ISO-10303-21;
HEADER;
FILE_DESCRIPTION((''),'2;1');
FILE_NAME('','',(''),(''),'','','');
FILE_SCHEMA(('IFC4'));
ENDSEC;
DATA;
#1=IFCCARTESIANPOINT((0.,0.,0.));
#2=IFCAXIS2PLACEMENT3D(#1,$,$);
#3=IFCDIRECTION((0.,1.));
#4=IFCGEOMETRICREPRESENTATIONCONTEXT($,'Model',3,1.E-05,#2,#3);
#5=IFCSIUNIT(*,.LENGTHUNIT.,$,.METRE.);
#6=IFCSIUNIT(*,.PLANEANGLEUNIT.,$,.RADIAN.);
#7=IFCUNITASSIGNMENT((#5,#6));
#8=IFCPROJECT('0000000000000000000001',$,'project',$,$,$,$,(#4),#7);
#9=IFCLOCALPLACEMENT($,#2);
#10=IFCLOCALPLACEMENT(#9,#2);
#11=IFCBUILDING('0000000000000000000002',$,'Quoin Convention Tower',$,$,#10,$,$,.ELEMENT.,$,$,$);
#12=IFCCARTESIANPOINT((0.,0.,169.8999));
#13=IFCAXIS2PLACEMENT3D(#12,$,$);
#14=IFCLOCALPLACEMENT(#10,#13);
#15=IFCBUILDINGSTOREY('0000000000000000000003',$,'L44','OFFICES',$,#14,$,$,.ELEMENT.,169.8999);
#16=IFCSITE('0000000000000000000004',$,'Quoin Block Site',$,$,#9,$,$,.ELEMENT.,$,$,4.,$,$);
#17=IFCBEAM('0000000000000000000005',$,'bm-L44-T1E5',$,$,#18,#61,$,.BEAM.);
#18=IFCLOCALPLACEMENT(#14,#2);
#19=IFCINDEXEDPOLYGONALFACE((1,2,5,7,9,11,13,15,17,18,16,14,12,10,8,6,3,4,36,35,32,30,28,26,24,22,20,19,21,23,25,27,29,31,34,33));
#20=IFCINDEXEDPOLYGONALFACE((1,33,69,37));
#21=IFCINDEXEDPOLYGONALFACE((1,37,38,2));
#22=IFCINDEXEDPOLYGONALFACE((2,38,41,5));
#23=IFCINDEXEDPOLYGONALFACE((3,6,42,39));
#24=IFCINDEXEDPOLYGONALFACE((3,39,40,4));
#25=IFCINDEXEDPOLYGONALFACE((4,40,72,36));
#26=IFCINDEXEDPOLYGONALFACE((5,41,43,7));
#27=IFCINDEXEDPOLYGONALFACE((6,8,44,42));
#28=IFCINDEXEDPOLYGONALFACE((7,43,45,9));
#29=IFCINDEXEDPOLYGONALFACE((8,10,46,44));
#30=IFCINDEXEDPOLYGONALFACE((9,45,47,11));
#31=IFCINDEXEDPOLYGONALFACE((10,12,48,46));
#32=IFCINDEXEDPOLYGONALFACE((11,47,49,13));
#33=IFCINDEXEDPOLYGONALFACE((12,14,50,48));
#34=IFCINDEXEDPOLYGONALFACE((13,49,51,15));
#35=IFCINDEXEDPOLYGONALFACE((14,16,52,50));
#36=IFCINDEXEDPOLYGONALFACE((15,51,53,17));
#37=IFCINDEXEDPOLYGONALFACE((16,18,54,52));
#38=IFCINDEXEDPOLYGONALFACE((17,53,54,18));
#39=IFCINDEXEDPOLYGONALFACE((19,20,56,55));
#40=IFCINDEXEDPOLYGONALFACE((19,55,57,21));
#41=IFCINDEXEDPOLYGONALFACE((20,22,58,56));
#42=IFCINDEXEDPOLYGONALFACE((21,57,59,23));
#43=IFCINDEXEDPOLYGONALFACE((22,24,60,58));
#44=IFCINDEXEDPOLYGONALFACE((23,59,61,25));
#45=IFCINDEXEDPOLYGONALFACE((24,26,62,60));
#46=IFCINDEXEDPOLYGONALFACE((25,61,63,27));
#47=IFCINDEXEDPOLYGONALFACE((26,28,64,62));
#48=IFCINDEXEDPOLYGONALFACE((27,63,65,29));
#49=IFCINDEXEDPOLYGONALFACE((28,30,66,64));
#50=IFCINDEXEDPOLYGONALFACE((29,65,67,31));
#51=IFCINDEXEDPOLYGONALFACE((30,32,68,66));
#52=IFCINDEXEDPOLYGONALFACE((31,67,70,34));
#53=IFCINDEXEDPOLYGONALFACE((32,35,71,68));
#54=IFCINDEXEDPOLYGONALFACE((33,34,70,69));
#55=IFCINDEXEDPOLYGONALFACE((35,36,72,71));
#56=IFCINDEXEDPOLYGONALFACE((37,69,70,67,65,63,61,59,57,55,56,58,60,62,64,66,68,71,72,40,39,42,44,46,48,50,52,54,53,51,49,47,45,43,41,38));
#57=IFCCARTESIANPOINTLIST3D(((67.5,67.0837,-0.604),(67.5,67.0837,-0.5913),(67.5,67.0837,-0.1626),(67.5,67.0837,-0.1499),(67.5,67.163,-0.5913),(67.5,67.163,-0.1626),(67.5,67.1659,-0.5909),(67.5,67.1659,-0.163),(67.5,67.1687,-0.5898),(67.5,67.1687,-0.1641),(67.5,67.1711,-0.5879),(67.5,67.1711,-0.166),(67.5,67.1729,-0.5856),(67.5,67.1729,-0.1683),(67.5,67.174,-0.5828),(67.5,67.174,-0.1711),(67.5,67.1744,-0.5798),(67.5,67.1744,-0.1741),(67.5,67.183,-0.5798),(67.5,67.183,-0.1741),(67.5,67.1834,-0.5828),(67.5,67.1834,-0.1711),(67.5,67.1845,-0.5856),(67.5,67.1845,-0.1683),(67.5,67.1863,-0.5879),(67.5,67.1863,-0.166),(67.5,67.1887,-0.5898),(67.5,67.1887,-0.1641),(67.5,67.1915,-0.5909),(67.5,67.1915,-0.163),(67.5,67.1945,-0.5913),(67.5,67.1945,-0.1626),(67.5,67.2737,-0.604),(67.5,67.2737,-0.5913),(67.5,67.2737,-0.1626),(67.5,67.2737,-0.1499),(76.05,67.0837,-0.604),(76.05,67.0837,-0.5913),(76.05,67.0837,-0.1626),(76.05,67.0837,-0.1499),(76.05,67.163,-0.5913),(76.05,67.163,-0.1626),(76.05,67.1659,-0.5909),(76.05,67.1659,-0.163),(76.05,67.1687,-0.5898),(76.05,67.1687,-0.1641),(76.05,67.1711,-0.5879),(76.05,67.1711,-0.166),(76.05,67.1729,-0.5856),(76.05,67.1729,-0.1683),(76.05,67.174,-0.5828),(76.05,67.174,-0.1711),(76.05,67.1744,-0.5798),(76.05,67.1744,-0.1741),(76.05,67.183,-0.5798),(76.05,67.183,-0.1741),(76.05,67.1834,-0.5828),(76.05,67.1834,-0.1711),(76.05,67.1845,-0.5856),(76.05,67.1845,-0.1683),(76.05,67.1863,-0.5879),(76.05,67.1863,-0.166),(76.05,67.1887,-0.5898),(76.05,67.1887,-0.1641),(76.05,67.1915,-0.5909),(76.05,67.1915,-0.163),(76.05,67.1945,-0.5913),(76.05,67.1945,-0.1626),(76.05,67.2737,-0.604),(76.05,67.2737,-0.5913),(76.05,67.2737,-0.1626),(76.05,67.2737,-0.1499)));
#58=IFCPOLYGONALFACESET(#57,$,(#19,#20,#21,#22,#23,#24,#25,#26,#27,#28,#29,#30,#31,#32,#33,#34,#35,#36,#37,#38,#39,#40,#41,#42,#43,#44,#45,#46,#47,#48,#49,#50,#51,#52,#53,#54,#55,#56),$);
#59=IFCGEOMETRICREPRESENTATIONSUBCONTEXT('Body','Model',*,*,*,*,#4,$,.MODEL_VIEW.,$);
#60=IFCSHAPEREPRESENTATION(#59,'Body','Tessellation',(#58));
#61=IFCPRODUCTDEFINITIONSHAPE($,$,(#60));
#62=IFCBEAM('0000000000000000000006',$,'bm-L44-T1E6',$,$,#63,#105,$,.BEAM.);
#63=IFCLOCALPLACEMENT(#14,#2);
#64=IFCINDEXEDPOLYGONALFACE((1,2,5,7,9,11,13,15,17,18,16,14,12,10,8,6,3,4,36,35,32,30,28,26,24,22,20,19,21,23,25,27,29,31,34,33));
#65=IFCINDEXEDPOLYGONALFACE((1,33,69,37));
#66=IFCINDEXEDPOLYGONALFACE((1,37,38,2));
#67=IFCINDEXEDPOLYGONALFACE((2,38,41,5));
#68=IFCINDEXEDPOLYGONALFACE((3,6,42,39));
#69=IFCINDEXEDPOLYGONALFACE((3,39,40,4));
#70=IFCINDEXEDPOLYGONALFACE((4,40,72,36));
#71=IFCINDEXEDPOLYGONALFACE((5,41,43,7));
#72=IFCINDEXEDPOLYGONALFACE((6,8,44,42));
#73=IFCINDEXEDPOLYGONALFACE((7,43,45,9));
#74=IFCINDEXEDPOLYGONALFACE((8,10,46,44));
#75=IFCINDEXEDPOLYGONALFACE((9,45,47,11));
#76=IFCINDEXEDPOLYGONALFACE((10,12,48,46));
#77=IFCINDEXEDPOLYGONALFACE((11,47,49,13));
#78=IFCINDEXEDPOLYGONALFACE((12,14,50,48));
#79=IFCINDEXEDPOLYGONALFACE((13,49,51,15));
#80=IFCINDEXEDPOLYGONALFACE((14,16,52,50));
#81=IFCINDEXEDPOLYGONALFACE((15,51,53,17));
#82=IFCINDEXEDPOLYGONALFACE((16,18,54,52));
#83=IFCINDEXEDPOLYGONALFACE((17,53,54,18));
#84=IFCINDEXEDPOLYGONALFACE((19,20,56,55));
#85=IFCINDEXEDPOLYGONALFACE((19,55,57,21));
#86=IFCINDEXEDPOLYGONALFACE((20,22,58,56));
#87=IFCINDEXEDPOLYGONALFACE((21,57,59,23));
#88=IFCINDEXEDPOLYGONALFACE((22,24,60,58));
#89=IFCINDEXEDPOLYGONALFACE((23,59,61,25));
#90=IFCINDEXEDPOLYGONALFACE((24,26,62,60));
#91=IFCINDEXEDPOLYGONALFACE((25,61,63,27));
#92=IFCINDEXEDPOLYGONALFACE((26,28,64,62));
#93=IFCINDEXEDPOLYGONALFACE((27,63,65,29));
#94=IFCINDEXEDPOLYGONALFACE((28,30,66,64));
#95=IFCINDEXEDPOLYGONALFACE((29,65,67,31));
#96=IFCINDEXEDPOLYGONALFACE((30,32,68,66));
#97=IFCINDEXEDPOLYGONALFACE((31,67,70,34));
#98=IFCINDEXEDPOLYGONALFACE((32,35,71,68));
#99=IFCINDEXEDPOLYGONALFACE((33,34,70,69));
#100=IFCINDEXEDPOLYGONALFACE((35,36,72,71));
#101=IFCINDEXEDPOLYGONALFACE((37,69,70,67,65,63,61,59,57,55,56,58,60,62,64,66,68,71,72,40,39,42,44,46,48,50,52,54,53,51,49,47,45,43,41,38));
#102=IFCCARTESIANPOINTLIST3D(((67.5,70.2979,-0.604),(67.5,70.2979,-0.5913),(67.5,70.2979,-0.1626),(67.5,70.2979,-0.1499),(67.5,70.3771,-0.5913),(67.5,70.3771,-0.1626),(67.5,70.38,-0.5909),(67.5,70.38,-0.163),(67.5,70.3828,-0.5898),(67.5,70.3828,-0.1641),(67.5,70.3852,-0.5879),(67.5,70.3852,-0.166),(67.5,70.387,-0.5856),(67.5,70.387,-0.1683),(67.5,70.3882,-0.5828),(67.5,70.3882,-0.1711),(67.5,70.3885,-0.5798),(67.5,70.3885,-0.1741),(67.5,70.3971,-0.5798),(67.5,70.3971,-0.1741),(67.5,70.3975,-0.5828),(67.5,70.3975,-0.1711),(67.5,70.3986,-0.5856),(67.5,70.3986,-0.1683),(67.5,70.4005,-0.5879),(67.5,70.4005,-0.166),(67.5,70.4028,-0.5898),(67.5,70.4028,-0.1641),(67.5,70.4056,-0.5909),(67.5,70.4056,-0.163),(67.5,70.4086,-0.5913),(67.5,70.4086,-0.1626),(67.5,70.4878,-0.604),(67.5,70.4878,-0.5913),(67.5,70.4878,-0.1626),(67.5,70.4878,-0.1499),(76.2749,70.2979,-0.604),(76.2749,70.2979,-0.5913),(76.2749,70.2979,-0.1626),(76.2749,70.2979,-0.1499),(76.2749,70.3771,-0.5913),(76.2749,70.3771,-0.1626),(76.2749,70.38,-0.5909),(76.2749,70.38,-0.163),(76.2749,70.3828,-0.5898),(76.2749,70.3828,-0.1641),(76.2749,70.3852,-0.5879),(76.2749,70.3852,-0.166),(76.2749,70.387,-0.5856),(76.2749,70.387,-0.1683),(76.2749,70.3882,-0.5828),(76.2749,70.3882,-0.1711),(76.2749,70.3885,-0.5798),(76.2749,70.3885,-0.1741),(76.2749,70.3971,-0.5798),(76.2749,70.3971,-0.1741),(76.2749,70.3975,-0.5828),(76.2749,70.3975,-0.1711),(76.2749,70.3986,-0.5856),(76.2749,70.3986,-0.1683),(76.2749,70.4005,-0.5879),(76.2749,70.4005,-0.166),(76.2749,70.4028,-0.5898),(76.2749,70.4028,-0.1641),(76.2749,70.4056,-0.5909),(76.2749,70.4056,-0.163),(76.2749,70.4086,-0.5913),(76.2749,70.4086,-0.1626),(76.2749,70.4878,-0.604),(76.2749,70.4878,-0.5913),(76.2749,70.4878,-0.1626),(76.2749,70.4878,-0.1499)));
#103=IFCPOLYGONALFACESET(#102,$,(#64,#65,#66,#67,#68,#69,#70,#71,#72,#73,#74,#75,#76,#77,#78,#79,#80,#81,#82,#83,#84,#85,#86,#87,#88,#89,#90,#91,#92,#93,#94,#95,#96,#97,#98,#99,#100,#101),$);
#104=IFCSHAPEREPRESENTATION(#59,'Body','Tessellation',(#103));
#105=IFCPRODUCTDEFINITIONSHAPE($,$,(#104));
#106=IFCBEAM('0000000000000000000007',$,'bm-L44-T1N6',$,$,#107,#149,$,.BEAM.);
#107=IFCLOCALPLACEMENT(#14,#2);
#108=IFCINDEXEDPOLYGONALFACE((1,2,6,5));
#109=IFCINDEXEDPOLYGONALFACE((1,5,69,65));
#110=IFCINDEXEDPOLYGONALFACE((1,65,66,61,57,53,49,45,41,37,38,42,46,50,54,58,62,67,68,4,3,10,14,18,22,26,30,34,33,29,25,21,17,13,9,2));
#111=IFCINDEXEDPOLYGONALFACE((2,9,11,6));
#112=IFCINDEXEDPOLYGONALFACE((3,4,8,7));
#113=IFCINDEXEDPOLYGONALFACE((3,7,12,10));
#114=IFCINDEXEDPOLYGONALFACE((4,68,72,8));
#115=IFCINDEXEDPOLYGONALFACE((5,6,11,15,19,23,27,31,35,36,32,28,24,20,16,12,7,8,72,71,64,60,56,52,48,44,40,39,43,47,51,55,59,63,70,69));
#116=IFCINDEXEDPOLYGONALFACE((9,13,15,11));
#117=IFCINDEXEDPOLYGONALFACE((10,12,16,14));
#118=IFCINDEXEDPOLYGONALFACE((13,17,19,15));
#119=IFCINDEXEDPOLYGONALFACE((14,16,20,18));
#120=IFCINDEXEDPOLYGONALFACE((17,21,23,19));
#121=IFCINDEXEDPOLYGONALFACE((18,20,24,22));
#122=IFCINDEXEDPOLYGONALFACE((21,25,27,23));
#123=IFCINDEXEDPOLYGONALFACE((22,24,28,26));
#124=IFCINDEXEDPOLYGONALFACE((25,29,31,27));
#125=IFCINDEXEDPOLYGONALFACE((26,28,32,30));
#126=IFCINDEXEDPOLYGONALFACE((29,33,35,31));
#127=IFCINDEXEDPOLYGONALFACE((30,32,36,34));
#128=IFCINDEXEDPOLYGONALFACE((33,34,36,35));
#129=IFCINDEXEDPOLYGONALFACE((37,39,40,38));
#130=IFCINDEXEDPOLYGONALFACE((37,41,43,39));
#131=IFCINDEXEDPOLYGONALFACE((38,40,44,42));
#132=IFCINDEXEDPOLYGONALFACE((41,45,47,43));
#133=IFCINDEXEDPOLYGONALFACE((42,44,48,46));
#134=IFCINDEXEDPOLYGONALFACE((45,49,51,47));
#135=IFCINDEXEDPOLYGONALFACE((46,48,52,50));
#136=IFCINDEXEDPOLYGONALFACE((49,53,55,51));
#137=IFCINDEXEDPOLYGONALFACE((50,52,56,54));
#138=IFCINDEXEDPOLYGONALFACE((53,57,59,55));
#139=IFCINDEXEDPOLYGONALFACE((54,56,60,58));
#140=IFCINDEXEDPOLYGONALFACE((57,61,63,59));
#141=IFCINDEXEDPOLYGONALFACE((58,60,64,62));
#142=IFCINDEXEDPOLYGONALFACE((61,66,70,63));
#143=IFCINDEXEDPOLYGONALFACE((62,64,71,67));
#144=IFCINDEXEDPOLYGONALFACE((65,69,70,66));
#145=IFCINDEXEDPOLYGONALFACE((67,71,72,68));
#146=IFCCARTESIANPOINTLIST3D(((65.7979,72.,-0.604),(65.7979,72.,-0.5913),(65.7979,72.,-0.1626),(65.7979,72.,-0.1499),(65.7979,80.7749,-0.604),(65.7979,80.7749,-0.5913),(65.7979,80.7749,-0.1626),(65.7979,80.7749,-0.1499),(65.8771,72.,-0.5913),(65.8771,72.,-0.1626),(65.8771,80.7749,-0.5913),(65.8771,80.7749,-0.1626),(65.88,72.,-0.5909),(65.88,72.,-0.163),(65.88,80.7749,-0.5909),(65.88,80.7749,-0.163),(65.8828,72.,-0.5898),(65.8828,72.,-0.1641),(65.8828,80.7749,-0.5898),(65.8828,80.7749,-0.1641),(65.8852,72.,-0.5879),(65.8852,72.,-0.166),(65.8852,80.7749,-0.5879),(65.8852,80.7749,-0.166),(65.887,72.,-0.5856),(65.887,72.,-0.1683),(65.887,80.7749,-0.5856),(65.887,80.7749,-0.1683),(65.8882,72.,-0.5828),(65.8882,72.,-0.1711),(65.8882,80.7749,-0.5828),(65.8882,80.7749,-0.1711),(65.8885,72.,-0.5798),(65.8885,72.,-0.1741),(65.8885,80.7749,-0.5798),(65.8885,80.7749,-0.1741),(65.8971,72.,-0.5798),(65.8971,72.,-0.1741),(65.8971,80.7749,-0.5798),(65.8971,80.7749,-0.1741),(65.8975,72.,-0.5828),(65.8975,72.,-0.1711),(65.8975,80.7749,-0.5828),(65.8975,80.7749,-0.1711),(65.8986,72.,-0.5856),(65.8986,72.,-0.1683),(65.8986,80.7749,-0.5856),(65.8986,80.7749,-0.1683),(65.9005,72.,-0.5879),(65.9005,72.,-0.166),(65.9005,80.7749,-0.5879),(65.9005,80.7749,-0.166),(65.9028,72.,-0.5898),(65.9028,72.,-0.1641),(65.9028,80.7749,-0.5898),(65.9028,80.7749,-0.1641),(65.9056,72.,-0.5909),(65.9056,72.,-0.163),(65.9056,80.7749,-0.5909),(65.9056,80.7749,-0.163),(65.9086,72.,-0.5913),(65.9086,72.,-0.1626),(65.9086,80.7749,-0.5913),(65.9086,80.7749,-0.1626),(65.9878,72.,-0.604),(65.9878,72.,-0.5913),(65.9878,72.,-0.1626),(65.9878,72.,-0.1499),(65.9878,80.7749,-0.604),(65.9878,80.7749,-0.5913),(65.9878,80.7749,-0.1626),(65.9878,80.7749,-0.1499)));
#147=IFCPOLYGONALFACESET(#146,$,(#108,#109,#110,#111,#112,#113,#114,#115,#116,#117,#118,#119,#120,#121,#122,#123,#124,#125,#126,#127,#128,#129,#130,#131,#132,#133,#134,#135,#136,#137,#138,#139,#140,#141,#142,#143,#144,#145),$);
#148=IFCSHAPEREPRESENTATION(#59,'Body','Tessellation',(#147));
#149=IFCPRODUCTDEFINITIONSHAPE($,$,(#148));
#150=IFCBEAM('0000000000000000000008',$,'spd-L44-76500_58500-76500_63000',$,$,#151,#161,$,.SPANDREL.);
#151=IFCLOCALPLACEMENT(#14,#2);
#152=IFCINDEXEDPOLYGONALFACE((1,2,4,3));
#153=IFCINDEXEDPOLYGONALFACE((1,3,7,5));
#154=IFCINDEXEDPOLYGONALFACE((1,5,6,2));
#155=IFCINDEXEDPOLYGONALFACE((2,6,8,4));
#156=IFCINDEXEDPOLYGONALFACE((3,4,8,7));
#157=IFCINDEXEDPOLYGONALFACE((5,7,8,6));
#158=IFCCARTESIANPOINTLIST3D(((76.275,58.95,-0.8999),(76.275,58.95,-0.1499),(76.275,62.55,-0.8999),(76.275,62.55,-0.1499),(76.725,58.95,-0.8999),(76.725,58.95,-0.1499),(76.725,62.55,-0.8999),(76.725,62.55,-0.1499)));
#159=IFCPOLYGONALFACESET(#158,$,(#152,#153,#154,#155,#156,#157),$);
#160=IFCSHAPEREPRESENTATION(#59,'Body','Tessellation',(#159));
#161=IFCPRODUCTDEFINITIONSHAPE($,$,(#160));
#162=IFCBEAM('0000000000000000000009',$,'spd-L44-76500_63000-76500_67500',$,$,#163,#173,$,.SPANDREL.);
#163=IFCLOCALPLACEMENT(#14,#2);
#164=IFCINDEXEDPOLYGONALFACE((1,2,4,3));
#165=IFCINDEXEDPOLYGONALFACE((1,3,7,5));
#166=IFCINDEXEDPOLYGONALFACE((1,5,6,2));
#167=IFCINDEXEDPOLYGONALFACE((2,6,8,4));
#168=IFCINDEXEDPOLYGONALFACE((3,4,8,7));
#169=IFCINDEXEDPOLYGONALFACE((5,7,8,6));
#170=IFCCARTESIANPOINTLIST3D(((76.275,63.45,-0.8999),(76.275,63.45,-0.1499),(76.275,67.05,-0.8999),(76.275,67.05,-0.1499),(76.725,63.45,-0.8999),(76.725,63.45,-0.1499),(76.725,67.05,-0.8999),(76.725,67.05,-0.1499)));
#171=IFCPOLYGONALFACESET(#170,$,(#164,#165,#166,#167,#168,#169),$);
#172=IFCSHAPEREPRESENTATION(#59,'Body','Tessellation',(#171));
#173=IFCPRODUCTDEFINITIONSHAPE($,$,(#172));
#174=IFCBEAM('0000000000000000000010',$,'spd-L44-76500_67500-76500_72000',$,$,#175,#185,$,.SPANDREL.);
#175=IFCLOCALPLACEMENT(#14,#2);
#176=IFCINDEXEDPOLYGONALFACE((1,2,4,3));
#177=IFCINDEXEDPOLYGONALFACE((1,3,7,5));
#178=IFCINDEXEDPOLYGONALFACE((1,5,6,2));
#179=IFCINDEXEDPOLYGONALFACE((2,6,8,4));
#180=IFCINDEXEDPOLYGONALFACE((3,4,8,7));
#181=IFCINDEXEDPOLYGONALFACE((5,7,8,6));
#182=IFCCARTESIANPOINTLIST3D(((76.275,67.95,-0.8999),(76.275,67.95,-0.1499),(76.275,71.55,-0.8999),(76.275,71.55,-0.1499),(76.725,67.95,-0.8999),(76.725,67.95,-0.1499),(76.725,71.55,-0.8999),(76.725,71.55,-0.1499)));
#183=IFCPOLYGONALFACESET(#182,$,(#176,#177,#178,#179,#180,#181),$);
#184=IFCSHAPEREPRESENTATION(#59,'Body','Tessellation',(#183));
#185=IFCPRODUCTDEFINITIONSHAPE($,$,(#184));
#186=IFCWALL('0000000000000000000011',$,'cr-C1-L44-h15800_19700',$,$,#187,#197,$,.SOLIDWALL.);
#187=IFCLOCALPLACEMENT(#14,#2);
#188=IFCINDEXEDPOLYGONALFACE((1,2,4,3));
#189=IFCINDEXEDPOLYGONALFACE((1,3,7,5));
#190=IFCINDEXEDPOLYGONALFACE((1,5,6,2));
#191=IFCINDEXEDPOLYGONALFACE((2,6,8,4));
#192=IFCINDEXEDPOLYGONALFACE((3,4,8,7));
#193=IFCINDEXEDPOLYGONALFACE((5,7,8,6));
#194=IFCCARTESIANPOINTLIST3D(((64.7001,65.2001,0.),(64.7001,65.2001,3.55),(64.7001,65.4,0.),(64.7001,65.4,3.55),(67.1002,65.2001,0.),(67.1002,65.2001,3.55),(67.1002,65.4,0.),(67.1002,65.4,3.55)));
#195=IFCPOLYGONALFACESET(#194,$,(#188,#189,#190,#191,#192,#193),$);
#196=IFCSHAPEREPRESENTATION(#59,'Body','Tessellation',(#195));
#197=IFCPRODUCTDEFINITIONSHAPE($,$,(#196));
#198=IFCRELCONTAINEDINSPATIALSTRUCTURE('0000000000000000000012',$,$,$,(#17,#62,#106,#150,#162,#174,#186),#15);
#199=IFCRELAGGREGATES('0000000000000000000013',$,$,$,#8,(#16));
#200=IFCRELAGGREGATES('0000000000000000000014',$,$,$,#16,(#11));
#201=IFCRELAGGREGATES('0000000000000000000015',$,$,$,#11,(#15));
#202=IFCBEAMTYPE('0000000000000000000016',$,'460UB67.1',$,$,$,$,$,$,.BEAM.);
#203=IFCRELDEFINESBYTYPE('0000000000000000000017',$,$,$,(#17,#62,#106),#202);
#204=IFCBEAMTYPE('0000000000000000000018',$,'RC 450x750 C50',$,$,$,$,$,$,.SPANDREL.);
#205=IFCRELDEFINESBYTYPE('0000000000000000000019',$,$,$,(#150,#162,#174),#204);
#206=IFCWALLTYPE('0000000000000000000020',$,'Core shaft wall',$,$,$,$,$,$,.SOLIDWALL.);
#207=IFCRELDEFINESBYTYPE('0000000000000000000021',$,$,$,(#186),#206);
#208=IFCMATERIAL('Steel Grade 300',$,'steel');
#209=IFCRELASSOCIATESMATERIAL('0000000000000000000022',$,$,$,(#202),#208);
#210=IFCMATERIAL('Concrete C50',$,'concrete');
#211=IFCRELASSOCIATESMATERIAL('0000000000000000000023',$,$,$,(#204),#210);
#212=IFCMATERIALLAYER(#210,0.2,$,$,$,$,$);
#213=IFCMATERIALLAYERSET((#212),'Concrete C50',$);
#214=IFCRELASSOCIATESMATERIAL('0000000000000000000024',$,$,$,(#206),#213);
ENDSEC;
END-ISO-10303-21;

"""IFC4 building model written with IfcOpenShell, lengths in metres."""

from ifc_helpers import new_model, si_unit, direction, frame, frame_2d, origin, origin_2d, place, context, subcontext, project, spatial, rectangle, i_section, extrude, material, layer, layer_set, material_profile, profile_set, type_object, element, save


model = new_model("IFC4")

# Units and contexts
model_context = context("Model", 3, precision=1e-05, world=origin(), true_north=direction((0.0, 1.0)))
body_context = subcontext(model_context, "Body", "Model", "MODEL_VIEW")
ifc_project = project(units=[si_unit("LENGTHUNIT", "METRE"), si_unit("PLANEANGLEUNIT", "RADIAN")], contexts=[model_context])

# Site, building, storey
site_placement = place(None, origin())
site = spatial("IfcSite", under=ifc_project, at=site_placement, Name="Quoin Block Site", CompositionType="ELEMENT", RefElevation=4.0)
building_placement = place(site_placement, origin())
building = spatial("IfcBuilding", under=site, at=building_placement, Name="Quoin Convention Tower", CompositionType="ELEMENT")
storey_placement = place(building_placement, frame((0.0, 0.0, 169.8999)))
storey = spatial("IfcBuildingStorey", under=building, at=storey_placement, Name="L44", Description="OFFICES", CompositionType="ELEMENT", Elevation=169.8999)

# Shared definitions
ifc_material_1 = material(Name="Concrete C50", Category="concrete")

# Beams
ifc_material_2 = material(Name="Steel Grade 300", Category="steel")
ifc_material_profile_1 = material_profile(ifc_material_2, i_section(OverallWidth=0.1899, OverallDepth=0.4541, WebThickness=0.0085, FlangeThickness=0.0127, FilletRadius=0.0115, at=origin_2d()), Name="460UB67.1")
ifc_profile_set_1 = profile_set([ifc_material_profile_1], Name="Steel Grade 300")
beam_type_1 = type_object("IfcBeamType", Name="460UB67.1", PredefinedType="BEAM", material=ifc_profile_set_1)
beam_placement = place(storey_placement, frame((67.5, 67.1787, -0.377), z_axis=(1.0, 0.0, 0.0), x_axis=(0.0, 1.0, 0.0)))
element("IfcBeam", 1, at=beam_placement, inside=storey, type_object=beam_type_1, Name="bm-L44-T1E5", PredefinedType="BEAM", context=body_context, shape_type="SweptSolid", body=[
    extrude(i_section(OverallWidth=0.1899, OverallDepth=0.4541, WebThickness=0.0085, FlangeThickness=0.0127, FilletRadius=0.0115, at=origin_2d()), origin(), (0.0, 0.0, 1.0), 8.55),
])
for number, where, z_axis, x_axis, name in (
    (2, (67.5, 70.3928, -0.377), (1.0, 0.0, 0.0), (0.0, 1.0, 0.0), "bm-L44-T1E6"),
    (3, (65.8928, 72.0, -0.377), (0.0, 1.0, 0.0), (-1.0, 0.0, 0.0), "bm-L44-T1N6"),
):
    element("IfcBeam", number, at=place(storey_placement, frame(where, z_axis=z_axis, x_axis=x_axis)), inside=storey, type_object=beam_type_1, Name=name, PredefinedType="BEAM", context=body_context, shape_type="SweptSolid", body=[
        extrude(i_section(OverallWidth=0.1899, OverallDepth=0.4541, WebThickness=0.0085, FlangeThickness=0.0127, FilletRadius=0.0115, at=origin_2d()), origin(), (0.0, 0.0, 1.0), 8.7749),
    ])
ifc_material_profile_2 = material_profile(ifc_material_1, rectangle(XDim=0.45, YDim=0.75, at=origin_2d()), Name="RC 450x750")
ifc_profile_set_2 = profile_set([ifc_material_profile_2], Name="Concrete C50")
beam_type_2 = type_object("IfcBeamType", Name="RC 450x750 C50", PredefinedType="SPANDREL", material=ifc_profile_set_2)
for number, where, z_axis, x_axis, name in (
    (4, (76.5, 58.95, -0.5249), (0.0, 1.0, 0.0), (-1.0, 0.0, 0.0), "spd-L44-76500_58500-76500_63000"),
    (5, (76.5, 63.45, -0.5249), (0.0, 1.0, 0.0), (-1.0, 0.0, 0.0), "spd-L44-76500_63000-76500_67500"),
    (6, (76.5, 67.95, -0.5249), (0.0, 1.0, 0.0), (-1.0, 0.0, 0.0), "spd-L44-76500_67500-76500_72000"),
):
    element("IfcBeam", number, at=place(storey_placement, frame(where, z_axis=z_axis, x_axis=x_axis)), inside=storey, type_object=beam_type_2, Name=name, PredefinedType="SPANDREL", context=body_context, shape_type="SweptSolid", body=[
        extrude(rectangle(XDim=0.45, YDim=0.75, at=origin_2d()), origin(), (0.0, 0.0, 1.0), 3.6001),
    ])

# Wall
ifc_layer_1 = layer(ifc_material_1, 0.2)
ifc_layer_set_1 = layer_set([ifc_layer_1], Name="Concrete C50")
wall_type_1 = type_object("IfcWallType", Name="Core shaft wall", PredefinedType="SOLIDWALL", material=ifc_layer_set_1)
wall_1_placement = place(storey_placement, frame((64.7, 65.3, 0.0), z_axis=(0.0, 0.0, 1.0), x_axis=(1.0, 0.0, 0.0)))
element("IfcWall", 7, at=wall_1_placement, inside=storey, type_object=wall_type_1, Name="cr-C1-L44-h15800_19700", PredefinedType="SOLIDWALL", context=body_context, shape_type="SweptSolid", body=[
    extrude(rectangle(XDim=2.4001, YDim=0.2, at=frame_2d((1.2002, 0.0))), origin(), (0.0, 0.0, 1.0), 3.55),
])

save(model, "model.ifc")
